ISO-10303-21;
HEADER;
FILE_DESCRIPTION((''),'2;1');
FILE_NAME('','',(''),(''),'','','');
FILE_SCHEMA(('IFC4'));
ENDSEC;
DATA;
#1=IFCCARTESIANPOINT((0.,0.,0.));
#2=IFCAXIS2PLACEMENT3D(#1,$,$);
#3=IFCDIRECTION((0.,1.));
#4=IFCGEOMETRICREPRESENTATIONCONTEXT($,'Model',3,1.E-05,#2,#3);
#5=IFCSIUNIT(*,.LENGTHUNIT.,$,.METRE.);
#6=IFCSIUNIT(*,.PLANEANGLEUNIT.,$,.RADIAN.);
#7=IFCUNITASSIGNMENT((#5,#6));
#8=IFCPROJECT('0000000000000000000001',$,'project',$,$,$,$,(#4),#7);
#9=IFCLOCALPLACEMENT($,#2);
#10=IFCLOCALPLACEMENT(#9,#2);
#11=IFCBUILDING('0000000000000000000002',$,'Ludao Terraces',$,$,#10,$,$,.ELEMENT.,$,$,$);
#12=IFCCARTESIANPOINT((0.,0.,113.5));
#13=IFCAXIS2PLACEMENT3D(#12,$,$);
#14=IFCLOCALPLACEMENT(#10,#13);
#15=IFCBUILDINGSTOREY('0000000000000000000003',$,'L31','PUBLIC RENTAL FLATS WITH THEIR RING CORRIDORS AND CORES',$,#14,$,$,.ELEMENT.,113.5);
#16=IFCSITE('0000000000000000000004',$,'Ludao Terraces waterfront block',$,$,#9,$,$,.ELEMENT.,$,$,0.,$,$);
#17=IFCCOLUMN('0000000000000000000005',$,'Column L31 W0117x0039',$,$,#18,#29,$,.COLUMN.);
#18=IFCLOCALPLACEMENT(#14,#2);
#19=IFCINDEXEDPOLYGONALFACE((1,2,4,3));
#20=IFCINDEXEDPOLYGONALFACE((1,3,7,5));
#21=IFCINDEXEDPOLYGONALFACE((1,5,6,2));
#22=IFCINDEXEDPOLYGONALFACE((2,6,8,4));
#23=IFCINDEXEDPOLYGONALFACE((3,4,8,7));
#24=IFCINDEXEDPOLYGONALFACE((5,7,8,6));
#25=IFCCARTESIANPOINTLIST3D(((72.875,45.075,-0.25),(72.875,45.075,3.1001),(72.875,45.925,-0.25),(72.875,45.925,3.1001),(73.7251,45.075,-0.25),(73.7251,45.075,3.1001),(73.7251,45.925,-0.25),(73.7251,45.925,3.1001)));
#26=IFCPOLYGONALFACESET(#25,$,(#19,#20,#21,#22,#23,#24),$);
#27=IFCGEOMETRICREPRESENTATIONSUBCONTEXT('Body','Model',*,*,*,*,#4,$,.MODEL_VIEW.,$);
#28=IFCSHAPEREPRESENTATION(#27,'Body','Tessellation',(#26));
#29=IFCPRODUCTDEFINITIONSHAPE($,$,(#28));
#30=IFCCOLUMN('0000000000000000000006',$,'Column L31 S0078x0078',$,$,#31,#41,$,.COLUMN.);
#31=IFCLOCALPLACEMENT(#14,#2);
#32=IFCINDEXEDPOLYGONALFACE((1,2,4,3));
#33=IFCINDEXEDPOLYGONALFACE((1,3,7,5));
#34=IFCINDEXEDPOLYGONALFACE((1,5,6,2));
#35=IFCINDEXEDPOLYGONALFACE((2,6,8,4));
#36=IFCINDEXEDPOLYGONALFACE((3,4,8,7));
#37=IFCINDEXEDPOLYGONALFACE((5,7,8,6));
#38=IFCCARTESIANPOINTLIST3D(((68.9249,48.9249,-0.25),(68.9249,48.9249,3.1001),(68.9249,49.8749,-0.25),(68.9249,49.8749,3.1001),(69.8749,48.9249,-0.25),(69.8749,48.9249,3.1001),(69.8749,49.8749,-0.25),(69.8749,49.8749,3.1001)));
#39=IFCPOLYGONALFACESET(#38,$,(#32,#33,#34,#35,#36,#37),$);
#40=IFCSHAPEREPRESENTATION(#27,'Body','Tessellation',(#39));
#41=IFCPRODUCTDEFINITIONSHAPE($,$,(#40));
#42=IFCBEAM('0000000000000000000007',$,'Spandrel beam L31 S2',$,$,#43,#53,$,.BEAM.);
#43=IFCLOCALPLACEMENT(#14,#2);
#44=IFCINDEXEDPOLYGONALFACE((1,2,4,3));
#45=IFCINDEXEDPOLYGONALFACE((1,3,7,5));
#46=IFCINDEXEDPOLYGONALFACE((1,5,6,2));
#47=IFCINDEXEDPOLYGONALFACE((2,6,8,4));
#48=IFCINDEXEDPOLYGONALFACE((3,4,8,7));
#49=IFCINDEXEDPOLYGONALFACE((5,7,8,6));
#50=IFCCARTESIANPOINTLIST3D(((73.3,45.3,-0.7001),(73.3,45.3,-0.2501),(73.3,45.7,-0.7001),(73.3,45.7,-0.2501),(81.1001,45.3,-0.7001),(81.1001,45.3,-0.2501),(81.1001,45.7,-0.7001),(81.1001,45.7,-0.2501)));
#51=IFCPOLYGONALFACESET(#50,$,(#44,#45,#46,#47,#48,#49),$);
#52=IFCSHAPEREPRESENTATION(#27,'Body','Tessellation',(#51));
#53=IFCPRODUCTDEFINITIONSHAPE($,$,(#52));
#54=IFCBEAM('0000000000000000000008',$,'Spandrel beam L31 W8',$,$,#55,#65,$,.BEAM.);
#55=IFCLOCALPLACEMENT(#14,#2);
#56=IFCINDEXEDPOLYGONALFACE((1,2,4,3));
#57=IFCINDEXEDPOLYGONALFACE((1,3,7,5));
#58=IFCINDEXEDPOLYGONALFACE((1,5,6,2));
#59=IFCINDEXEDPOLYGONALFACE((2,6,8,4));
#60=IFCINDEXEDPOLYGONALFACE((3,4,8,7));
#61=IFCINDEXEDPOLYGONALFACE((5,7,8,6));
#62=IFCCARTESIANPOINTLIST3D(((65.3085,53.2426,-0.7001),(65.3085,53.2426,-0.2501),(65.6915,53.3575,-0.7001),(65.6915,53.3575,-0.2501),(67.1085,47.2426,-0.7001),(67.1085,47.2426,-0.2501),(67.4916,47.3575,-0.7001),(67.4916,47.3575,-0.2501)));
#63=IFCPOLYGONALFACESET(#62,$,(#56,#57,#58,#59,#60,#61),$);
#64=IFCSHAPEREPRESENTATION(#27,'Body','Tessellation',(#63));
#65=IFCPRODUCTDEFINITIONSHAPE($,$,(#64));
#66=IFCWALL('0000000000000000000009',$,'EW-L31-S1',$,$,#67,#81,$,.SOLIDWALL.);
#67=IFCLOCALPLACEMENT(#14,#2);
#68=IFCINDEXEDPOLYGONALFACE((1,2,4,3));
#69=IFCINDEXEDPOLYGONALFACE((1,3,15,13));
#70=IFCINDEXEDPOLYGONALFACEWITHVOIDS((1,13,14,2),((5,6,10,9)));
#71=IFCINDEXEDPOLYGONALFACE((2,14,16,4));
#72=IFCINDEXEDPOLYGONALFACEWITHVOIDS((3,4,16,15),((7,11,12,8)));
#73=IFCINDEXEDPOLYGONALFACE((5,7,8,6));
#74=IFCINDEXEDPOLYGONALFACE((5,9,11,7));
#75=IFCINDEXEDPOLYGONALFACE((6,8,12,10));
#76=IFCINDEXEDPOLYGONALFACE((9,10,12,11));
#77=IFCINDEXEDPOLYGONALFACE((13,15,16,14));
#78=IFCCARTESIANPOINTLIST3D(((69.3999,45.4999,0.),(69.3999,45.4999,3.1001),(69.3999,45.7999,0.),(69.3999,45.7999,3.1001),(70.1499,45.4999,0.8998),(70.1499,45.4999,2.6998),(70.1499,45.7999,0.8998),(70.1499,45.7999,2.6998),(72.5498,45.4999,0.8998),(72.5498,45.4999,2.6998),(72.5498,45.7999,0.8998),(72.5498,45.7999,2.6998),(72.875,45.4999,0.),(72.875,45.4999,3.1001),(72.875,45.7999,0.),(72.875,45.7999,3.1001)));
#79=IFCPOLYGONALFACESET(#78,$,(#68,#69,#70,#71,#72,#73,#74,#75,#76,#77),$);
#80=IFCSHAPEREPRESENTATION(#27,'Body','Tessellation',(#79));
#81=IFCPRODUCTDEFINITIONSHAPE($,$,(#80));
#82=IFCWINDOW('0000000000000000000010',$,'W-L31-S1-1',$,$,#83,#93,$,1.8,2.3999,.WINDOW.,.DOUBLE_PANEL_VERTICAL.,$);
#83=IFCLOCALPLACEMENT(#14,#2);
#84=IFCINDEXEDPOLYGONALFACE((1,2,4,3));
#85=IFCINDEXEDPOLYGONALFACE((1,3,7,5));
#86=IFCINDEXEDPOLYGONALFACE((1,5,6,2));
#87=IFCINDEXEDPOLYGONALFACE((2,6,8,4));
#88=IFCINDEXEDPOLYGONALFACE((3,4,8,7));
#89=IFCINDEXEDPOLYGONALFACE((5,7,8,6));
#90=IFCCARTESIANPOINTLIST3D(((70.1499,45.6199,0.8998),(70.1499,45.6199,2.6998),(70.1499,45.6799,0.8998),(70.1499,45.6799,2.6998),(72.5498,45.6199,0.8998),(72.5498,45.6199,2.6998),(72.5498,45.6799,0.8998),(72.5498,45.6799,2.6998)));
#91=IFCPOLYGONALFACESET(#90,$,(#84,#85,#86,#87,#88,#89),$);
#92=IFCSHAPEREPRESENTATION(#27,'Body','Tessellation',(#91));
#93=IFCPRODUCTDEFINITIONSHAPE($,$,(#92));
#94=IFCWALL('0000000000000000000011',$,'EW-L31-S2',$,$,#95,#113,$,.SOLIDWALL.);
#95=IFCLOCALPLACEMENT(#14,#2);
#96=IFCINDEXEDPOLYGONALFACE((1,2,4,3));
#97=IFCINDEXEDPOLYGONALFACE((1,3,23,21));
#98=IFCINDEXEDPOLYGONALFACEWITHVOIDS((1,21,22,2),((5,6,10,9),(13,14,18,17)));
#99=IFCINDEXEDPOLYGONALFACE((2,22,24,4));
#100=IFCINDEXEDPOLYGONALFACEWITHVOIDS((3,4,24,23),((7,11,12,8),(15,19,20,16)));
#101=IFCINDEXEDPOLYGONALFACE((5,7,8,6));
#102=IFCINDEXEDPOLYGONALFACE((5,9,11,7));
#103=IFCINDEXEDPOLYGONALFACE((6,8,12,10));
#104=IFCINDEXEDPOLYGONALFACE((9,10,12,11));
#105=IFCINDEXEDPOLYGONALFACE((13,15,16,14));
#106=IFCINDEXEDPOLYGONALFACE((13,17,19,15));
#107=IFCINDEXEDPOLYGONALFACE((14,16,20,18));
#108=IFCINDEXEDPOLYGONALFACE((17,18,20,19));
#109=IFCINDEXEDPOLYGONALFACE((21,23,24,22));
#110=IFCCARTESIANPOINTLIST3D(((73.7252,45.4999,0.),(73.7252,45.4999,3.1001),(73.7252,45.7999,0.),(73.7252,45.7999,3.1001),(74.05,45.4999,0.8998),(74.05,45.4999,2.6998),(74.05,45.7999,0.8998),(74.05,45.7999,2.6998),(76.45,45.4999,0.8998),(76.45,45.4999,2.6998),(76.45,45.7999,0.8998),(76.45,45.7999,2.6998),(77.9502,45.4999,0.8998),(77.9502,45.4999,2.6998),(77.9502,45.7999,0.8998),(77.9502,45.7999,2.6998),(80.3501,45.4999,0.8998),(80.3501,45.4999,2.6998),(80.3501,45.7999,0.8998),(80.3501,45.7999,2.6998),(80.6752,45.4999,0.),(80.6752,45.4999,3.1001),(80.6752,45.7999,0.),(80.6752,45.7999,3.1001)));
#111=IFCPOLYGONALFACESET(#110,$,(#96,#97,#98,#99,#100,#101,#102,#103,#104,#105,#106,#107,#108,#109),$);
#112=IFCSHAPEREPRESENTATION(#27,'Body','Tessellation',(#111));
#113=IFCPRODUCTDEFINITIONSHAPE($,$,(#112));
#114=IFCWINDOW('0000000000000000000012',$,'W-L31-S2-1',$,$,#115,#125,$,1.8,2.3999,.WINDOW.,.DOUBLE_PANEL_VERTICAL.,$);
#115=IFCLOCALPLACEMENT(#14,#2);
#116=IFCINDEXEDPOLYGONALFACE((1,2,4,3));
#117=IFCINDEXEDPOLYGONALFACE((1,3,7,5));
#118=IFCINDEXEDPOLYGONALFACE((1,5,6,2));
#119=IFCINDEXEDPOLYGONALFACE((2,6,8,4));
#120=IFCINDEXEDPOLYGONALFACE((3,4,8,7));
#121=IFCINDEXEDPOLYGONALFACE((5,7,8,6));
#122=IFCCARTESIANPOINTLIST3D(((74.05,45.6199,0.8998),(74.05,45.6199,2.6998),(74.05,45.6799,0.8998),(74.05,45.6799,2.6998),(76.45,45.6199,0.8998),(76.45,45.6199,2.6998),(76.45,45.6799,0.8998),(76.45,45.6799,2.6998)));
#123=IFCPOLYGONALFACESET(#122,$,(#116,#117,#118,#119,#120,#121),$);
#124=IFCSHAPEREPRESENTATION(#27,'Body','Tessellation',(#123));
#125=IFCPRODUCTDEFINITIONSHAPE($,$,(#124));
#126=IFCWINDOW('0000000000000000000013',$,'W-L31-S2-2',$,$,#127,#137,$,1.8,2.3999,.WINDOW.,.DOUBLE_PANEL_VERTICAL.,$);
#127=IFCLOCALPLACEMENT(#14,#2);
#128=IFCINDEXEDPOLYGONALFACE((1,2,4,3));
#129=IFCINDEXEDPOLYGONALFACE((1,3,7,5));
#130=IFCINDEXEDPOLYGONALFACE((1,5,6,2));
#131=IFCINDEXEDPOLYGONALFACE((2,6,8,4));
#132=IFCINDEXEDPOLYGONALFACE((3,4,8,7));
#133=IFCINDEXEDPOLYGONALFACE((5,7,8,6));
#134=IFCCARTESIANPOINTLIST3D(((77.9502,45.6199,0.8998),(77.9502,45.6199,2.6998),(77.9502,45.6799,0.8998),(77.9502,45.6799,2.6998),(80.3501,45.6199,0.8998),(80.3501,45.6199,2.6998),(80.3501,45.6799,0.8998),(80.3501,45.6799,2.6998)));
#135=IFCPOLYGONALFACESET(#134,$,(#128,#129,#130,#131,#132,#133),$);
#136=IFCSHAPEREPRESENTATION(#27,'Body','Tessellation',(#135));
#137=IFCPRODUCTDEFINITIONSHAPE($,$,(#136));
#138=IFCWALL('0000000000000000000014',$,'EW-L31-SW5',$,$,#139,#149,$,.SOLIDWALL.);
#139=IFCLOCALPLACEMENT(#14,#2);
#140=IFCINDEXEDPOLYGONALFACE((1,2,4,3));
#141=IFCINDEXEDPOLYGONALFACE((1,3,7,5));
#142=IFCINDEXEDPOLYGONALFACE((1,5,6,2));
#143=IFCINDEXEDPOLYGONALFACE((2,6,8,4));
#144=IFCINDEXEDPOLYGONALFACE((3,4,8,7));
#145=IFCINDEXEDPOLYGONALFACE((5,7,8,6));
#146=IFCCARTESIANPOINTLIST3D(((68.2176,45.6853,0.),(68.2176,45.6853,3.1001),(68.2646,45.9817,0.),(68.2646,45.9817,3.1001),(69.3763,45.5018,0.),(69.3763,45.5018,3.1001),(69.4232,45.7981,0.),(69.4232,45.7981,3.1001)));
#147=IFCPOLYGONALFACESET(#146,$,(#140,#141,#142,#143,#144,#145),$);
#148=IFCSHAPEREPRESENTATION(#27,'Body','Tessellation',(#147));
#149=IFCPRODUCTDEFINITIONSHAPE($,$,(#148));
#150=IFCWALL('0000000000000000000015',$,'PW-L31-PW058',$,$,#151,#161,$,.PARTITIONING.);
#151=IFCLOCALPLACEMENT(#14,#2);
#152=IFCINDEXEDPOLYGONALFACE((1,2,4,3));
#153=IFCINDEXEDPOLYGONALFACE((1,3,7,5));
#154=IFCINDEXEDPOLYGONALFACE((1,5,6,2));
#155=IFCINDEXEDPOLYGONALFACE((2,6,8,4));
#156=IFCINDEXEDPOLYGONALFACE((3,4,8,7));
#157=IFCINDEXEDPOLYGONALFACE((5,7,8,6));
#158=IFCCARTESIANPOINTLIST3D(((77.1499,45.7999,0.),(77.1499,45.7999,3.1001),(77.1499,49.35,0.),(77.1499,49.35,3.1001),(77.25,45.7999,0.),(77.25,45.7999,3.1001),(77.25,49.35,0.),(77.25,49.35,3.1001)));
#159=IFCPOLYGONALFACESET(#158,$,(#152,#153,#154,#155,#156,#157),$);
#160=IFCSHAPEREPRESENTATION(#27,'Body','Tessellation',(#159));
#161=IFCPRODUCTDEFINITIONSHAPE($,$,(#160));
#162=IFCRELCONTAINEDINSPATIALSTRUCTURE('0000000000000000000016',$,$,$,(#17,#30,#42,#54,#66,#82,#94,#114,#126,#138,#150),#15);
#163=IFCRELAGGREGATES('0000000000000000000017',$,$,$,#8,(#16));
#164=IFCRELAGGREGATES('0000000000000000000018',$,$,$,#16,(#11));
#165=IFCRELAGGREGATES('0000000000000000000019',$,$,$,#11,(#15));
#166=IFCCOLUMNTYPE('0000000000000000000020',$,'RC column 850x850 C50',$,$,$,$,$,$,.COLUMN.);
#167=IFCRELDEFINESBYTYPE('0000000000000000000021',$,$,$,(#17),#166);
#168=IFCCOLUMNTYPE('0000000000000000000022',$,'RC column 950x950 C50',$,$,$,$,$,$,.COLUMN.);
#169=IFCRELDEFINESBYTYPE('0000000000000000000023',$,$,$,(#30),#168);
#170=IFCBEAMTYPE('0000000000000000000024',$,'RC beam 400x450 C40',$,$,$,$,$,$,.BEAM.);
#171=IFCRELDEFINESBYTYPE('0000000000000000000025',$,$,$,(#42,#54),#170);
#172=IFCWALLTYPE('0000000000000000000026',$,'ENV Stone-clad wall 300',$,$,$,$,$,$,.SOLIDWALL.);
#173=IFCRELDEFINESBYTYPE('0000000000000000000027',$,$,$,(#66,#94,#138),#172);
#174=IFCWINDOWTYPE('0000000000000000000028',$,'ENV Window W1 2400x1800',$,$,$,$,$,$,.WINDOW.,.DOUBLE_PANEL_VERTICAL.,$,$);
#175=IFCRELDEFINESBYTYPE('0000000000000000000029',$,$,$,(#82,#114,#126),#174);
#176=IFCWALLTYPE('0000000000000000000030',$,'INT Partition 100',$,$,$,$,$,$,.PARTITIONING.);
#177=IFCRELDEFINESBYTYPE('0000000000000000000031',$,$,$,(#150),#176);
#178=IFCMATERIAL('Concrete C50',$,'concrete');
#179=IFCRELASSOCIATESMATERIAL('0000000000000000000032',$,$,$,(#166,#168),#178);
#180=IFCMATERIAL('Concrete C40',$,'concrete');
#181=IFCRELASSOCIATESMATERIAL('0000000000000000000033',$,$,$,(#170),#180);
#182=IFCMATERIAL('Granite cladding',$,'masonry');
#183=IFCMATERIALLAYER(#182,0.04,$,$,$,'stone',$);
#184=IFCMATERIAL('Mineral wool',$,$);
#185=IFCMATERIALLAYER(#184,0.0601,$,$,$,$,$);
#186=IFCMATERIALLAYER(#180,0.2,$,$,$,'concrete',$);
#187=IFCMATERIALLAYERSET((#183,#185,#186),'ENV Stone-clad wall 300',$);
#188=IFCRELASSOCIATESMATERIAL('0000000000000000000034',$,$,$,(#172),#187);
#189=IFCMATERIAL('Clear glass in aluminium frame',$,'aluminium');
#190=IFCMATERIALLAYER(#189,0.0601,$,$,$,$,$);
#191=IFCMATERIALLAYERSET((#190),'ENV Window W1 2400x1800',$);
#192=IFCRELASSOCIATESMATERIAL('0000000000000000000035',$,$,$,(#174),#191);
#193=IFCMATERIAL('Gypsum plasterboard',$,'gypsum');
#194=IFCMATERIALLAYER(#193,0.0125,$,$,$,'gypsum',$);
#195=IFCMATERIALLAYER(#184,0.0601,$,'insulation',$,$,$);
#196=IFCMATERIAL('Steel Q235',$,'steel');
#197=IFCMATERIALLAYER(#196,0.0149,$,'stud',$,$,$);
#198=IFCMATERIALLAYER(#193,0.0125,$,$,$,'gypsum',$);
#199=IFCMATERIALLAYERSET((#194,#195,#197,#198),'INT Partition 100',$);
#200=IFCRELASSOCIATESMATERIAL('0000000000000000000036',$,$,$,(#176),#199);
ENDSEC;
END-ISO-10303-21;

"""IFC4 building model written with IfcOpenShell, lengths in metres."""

from ifc_helpers import new_model, si_unit, direction, frame, frame_2d, origin, origin_2d, place, context, subcontext, project, spatial, rectangle, extrude, material, layer, layer_set, material_profile, profile_set, type_object, element, fill, save


model = new_model("IFC4")

# Units and contexts
model_context = context("Model", 3, precision=1e-05, world=origin(), true_north=direction((0.0, 1.0)))
body_context = subcontext(model_context, "Body", "Model", "MODEL_VIEW")
ifc_project = project(units=[si_unit("LENGTHUNIT", "METRE"), si_unit("PLANEANGLEUNIT", "RADIAN")], contexts=[model_context])

# Site, building, storey
site_placement = place(None, origin())
site = spatial("IfcSite", under=ifc_project, at=site_placement, Name="Ludao Terraces waterfront block", CompositionType="ELEMENT", RefElevation=0.0)
building_placement = place(site_placement, origin())
building = spatial("IfcBuilding", under=site, at=building_placement, Name="Ludao Terraces", CompositionType="ELEMENT")
storey_placement = place(building_placement, frame((0.0, 0.0, 113.5)))
storey = spatial("IfcBuildingStorey", under=building, at=storey_placement, Name="L31", Description="PUBLIC RENTAL FLATS WITH THEIR RING CORRIDORS AND CORES", CompositionType="ELEMENT", Elevation=113.5)

# Columns
ifc_material_1 = material(Name="Concrete C50", Category="concrete")
ifc_material_profile_1 = material_profile(ifc_material_1, rectangle(XDim=0.8501, YDim=0.8501, at=origin_2d()), Name="850 X 850")
ifc_profile_set_1 = profile_set([ifc_material_profile_1], Name="Concrete C50")
column_type_1 = type_object("IfcColumnType", Name="RC column 850x850 C50", PredefinedType="COLUMN", material=ifc_profile_set_1)
column_1_placement = place(storey_placement, frame((73.3, 45.5, -0.25), z_axis=(0.0, 0.0, 1.0), x_axis=(1.0, 0.0, 0.0)))
element("IfcColumn", 1, at=column_1_placement, inside=storey, type_object=column_type_1, Name="Column L31 W0117x0039", PredefinedType="COLUMN", context=body_context, shape_type="SweptSolid", body=[
    extrude(rectangle(XDim=0.8501, YDim=0.8501, at=origin_2d()), origin(), (0.0, 0.0, 1.0), 3.3501),
])
ifc_material_profile_2 = material_profile(ifc_material_1, rectangle(XDim=0.95, YDim=0.95, at=origin_2d()), Name="950 X 950")
ifc_profile_set_2 = profile_set([ifc_material_profile_2], Name="Concrete C50")
column_type_2 = type_object("IfcColumnType", Name="RC column 950x950 C50", PredefinedType="COLUMN", material=ifc_profile_set_2)
column_2_placement = place(storey_placement, frame((69.3999, 49.3999, -0.25), z_axis=(0.0, 0.0, 1.0), x_axis=(1.0, 0.0, 0.0)))
element("IfcColumn", 2, at=column_2_placement, inside=storey, type_object=column_type_2, Name="Column L31 S0078x0078", PredefinedType="COLUMN", context=body_context, shape_type="SweptSolid", body=[
    extrude(rectangle(XDim=0.95, YDim=0.95, at=origin_2d()), origin(), (0.0, 0.0, 1.0), 3.3501),
])

# Beams
ifc_material_2 = material(Name="Concrete C40", Category="concrete")
ifc_material_profile_3 = material_profile(ifc_material_2, rectangle(XDim=0.3999, YDim=0.45, at=origin_2d()), Name="400 X 450")
ifc_profile_set_3 = profile_set([ifc_material_profile_3], Name="Concrete C40")
beam_type = type_object("IfcBeamType", Name="RC beam 400x450 C40", PredefinedType="BEAM", material=ifc_profile_set_3)
beam_1_placement = place(storey_placement, frame((73.3, 45.5, -0.4751), z_axis=(1.0, 0.0, 0.0), x_axis=(0.0, 1.0, 0.0)))
element("IfcBeam", 3, at=beam_1_placement, inside=storey, type_object=beam_type, Name="Spandrel beam L31 S2", PredefinedType="BEAM", context=body_context, shape_type="SweptSolid", body=[
    extrude(rectangle(XDim=0.3999, YDim=0.45, at=origin_2d()), origin(), (0.0, 0.0, 1.0), 7.8),
])
beam_2_placement = place(storey_placement, frame((67.3, 47.3, -0.4751), z_axis=(-0.287355, 0.957824, 0.0), x_axis=(-0.957824, -0.287355, 0.0)))
element("IfcBeam", 4, at=beam_2_placement, inside=storey, type_object=beam_type, Name="Spandrel beam L31 W8", PredefinedType="BEAM", context=body_context, shape_type="SweptSolid", body=[
    extrude(rectangle(XDim=0.3999, YDim=0.45, at=origin_2d()), origin(), (0.0, 0.0, 1.0), 6.2642),
])

# Wall, opening, window
ifc_material_3 = material(Name="Granite cladding", Category="masonry")
ifc_layer_1 = layer(ifc_material_3, 0.04, Category="stone")
ifc_material_4 = material(Name="Mineral wool")
ifc_layer_2 = layer(ifc_material_4, 0.0601)
ifc_layer_3 = layer(ifc_material_2, 0.2, Category="concrete")
ifc_layer_set_1 = layer_set([ifc_layer_1, ifc_layer_2, ifc_layer_3], Name="ENV Stone-clad wall 300")
wall_type_1 = type_object("IfcWallType", Name="ENV Stone-clad wall 300", PredefinedType="SOLIDWALL", material=ifc_layer_set_1)
wall_1_placement = place(storey_placement, frame((69.3999, 45.6499, 0.0), z_axis=(0.0, 0.0, 1.0), x_axis=(1.0, 0.0, 0.0)))
wall_1 = element("IfcWall", 5, at=wall_1_placement, inside=storey, type_object=wall_type_1, Name="EW-L31-S1", PredefinedType="SOLIDWALL", context=body_context, shape_type="SweptSolid", body=[
    extrude(rectangle(XDim=3.4751, YDim=0.3, at=frame_2d((1.7375, 0.0))), origin(), (0.0, 0.0, 1.0), 3.1001),
])
opening_1_placement = place(wall_1_placement, frame((0.75, 0.0, 0.8999)))
opening_1 = element("IfcOpeningElement", 6, at=opening_1_placement, cuts=wall_1, PredefinedType="OPENING", context=body_context, shape_type="SweptSolid", body=[
    extrude(rectangle(XDim=2.3999, YDim=1.8, at=frame_2d((1.2, 0.8999))), frame((0.0, 0.1602, 0.0), z_axis=(0.0, -1.0, 0.0), x_axis=(1.0, 0.0, 0.0)), (0.0, 0.0, 1.0), 0.3201),
])
ifc_material_5 = material(Name="Clear glass in aluminium frame", Category="aluminium")
ifc_layer_4 = layer(ifc_material_5, 0.0601)
ifc_layer_set_2 = layer_set([ifc_layer_4], Name="ENV Window W1 2400x1800")
window_type = type_object("IfcWindowType", Name="ENV Window W1 2400x1800", PartitioningType="DOUBLE_PANEL_VERTICAL", PredefinedType="WINDOW", material=ifc_layer_set_2)
window_1_placement = place(opening_1_placement, origin())
window_1 = element("IfcWindow", 7, at=window_1_placement, inside=storey, type_object=window_type, Name="W-L31-S1-1", OverallHeight=1.8, OverallWidth=2.3999, PartitioningType="DOUBLE_PANEL_VERTICAL", PredefinedType="WINDOW", context=body_context, shape_type="SweptSolid", body=[
    extrude(rectangle(XDim=2.3999, YDim=1.8, at=frame_2d((1.2, 0.8999))), frame((0.0, 0.03, 0.0), z_axis=(0.0, -1.0, 0.0), x_axis=(1.0, 0.0, 0.0)), (0.0, 0.0, 1.0), 0.0601),
])
fill(opening_1, window_1)

# Wall, openings, windows
wall_2_placement = place(storey_placement, frame((73.7251, 45.6499, 0.0), z_axis=(0.0, 0.0, 1.0), x_axis=(1.0, 0.0, 0.0)))
wall_2 = element("IfcWall", 8, at=wall_2_placement, inside=storey, type_object=wall_type_1, Name="EW-L31-S2", PredefinedType="SOLIDWALL", context=body_context, shape_type="SweptSolid", body=[
    extrude(rectangle(XDim=6.95, YDim=0.3, at=frame_2d((3.4751, 0.0))), origin(), (0.0, 0.0, 1.0), 3.1001),
])
opening_2_placement = place(wall_2_placement, frame((0.325, 0.0, 0.8999)))
opening_2 = element("IfcOpeningElement", 9, at=opening_2_placement, cuts=wall_2, PredefinedType="OPENING", context=body_context, shape_type="SweptSolid", body=[
    extrude(rectangle(XDim=2.3999, YDim=1.8, at=frame_2d((1.2, 0.8999))), frame((0.0, 0.1602, 0.0), z_axis=(0.0, -1.0, 0.0), x_axis=(1.0, 0.0, 0.0)), (0.0, 0.0, 1.0), 0.3201),
])
opening_3_placement = place(wall_2_placement, frame((4.2251, 0.0, 0.8999)))
opening_3 = element("IfcOpeningElement", 10, at=opening_3_placement, cuts=wall_2, PredefinedType="OPENING", context=body_context, shape_type="SweptSolid", body=[
    extrude(rectangle(XDim=2.3999, YDim=1.8, at=frame_2d((1.2, 0.8999))), frame((0.0, 0.1602, 0.0), z_axis=(0.0, -1.0, 0.0), x_axis=(1.0, 0.0, 0.0)), (0.0, 0.0, 1.0), 0.3201),
])
window_2_placement = place(opening_2_placement, origin())
window_2 = element("IfcWindow", 11, at=window_2_placement, inside=storey, type_object=window_type, Name="W-L31-S2-1", OverallHeight=1.8, OverallWidth=2.3999, PartitioningType="DOUBLE_PANEL_VERTICAL", PredefinedType="WINDOW", context=body_context, shape_type="SweptSolid", body=[
    extrude(rectangle(XDim=2.3999, YDim=1.8, at=frame_2d((1.2, 0.8999))), frame((0.0, 0.03, 0.0), z_axis=(0.0, -1.0, 0.0), x_axis=(1.0, 0.0, 0.0)), (0.0, 0.0, 1.0), 0.0601),
])
fill(opening_2, window_2)
window_3_placement = place(opening_3_placement, origin())
window_3 = element("IfcWindow", 12, at=window_3_placement, inside=storey, type_object=window_type, Name="W-L31-S2-2", OverallHeight=1.8, OverallWidth=2.3999, PartitioningType="DOUBLE_PANEL_VERTICAL", PredefinedType="WINDOW", context=body_context, shape_type="SweptSolid", body=[
    extrude(rectangle(XDim=2.3999, YDim=1.8, at=frame_2d((1.2, 0.8999))), frame((0.0, 0.03, 0.0), z_axis=(0.0, -1.0, 0.0), x_axis=(1.0, 0.0, 0.0)), (0.0, 0.0, 1.0), 0.0601),
])
fill(opening_3, window_3)

# Wall
wall_3_placement = place(storey_placement, frame((68.2412, 45.8335, 0.0), z_axis=(0.0, 0.0, 1.0), x_axis=(0.987678, -0.156497, 0.0)))
element("IfcWall", 13, at=wall_3_placement, inside=storey, type_object=wall_type_1, Name="EW-L31-SW5", PredefinedType="SOLIDWALL", context=body_context, shape_type="SweptSolid", body=[
    extrude(rectangle(XDim=1.1731, YDim=0.3, at=frame_2d((0.5864, 0.0))), origin(), (0.0, 0.0, 1.0), 3.1001),
])

# Shared definitions
ifc_material_6 = material(Name="Gypsum plasterboard", Category="gypsum")
ifc_layer_5 = layer(ifc_material_6, 0.0125, Category="gypsum")
ifc_layer_6 = layer(ifc_material_4, 0.0601, Name="insulation")
ifc_material_7 = material(Name="Steel Q235", Category="steel")
ifc_layer_7 = layer(ifc_material_7, 0.0149, Name="stud")
ifc_layer_8 = layer(ifc_material_6, 0.0125, Category="gypsum")
ifc_layer_set_3 = layer_set([ifc_layer_5, ifc_layer_6, ifc_layer_7, ifc_layer_8], Name="INT Partition 100")
wall_type_2 = type_object("IfcWallType", Name="INT Partition 100", PredefinedType="PARTITIONING", material=ifc_layer_set_3)

# Wall
wall_4_placement = place(storey_placement, frame((77.2, 45.8, 0.0), z_axis=(0.0, 0.0, 1.0), x_axis=(0.0, 1.0, 0.0)))
element("IfcWall", 14, at=wall_4_placement, inside=storey, type_object=wall_type_2, Name="PW-L31-PW058", PredefinedType="PARTITIONING", context=body_context, shape_type="SweptSolid", body=[
    extrude(rectangle(XDim=3.55, YDim=0.1001, at=frame_2d((1.7749, 0.0))), origin(), (0.0, 0.0, 1.0), 3.1001),
])

save(model, "model.ifc")
